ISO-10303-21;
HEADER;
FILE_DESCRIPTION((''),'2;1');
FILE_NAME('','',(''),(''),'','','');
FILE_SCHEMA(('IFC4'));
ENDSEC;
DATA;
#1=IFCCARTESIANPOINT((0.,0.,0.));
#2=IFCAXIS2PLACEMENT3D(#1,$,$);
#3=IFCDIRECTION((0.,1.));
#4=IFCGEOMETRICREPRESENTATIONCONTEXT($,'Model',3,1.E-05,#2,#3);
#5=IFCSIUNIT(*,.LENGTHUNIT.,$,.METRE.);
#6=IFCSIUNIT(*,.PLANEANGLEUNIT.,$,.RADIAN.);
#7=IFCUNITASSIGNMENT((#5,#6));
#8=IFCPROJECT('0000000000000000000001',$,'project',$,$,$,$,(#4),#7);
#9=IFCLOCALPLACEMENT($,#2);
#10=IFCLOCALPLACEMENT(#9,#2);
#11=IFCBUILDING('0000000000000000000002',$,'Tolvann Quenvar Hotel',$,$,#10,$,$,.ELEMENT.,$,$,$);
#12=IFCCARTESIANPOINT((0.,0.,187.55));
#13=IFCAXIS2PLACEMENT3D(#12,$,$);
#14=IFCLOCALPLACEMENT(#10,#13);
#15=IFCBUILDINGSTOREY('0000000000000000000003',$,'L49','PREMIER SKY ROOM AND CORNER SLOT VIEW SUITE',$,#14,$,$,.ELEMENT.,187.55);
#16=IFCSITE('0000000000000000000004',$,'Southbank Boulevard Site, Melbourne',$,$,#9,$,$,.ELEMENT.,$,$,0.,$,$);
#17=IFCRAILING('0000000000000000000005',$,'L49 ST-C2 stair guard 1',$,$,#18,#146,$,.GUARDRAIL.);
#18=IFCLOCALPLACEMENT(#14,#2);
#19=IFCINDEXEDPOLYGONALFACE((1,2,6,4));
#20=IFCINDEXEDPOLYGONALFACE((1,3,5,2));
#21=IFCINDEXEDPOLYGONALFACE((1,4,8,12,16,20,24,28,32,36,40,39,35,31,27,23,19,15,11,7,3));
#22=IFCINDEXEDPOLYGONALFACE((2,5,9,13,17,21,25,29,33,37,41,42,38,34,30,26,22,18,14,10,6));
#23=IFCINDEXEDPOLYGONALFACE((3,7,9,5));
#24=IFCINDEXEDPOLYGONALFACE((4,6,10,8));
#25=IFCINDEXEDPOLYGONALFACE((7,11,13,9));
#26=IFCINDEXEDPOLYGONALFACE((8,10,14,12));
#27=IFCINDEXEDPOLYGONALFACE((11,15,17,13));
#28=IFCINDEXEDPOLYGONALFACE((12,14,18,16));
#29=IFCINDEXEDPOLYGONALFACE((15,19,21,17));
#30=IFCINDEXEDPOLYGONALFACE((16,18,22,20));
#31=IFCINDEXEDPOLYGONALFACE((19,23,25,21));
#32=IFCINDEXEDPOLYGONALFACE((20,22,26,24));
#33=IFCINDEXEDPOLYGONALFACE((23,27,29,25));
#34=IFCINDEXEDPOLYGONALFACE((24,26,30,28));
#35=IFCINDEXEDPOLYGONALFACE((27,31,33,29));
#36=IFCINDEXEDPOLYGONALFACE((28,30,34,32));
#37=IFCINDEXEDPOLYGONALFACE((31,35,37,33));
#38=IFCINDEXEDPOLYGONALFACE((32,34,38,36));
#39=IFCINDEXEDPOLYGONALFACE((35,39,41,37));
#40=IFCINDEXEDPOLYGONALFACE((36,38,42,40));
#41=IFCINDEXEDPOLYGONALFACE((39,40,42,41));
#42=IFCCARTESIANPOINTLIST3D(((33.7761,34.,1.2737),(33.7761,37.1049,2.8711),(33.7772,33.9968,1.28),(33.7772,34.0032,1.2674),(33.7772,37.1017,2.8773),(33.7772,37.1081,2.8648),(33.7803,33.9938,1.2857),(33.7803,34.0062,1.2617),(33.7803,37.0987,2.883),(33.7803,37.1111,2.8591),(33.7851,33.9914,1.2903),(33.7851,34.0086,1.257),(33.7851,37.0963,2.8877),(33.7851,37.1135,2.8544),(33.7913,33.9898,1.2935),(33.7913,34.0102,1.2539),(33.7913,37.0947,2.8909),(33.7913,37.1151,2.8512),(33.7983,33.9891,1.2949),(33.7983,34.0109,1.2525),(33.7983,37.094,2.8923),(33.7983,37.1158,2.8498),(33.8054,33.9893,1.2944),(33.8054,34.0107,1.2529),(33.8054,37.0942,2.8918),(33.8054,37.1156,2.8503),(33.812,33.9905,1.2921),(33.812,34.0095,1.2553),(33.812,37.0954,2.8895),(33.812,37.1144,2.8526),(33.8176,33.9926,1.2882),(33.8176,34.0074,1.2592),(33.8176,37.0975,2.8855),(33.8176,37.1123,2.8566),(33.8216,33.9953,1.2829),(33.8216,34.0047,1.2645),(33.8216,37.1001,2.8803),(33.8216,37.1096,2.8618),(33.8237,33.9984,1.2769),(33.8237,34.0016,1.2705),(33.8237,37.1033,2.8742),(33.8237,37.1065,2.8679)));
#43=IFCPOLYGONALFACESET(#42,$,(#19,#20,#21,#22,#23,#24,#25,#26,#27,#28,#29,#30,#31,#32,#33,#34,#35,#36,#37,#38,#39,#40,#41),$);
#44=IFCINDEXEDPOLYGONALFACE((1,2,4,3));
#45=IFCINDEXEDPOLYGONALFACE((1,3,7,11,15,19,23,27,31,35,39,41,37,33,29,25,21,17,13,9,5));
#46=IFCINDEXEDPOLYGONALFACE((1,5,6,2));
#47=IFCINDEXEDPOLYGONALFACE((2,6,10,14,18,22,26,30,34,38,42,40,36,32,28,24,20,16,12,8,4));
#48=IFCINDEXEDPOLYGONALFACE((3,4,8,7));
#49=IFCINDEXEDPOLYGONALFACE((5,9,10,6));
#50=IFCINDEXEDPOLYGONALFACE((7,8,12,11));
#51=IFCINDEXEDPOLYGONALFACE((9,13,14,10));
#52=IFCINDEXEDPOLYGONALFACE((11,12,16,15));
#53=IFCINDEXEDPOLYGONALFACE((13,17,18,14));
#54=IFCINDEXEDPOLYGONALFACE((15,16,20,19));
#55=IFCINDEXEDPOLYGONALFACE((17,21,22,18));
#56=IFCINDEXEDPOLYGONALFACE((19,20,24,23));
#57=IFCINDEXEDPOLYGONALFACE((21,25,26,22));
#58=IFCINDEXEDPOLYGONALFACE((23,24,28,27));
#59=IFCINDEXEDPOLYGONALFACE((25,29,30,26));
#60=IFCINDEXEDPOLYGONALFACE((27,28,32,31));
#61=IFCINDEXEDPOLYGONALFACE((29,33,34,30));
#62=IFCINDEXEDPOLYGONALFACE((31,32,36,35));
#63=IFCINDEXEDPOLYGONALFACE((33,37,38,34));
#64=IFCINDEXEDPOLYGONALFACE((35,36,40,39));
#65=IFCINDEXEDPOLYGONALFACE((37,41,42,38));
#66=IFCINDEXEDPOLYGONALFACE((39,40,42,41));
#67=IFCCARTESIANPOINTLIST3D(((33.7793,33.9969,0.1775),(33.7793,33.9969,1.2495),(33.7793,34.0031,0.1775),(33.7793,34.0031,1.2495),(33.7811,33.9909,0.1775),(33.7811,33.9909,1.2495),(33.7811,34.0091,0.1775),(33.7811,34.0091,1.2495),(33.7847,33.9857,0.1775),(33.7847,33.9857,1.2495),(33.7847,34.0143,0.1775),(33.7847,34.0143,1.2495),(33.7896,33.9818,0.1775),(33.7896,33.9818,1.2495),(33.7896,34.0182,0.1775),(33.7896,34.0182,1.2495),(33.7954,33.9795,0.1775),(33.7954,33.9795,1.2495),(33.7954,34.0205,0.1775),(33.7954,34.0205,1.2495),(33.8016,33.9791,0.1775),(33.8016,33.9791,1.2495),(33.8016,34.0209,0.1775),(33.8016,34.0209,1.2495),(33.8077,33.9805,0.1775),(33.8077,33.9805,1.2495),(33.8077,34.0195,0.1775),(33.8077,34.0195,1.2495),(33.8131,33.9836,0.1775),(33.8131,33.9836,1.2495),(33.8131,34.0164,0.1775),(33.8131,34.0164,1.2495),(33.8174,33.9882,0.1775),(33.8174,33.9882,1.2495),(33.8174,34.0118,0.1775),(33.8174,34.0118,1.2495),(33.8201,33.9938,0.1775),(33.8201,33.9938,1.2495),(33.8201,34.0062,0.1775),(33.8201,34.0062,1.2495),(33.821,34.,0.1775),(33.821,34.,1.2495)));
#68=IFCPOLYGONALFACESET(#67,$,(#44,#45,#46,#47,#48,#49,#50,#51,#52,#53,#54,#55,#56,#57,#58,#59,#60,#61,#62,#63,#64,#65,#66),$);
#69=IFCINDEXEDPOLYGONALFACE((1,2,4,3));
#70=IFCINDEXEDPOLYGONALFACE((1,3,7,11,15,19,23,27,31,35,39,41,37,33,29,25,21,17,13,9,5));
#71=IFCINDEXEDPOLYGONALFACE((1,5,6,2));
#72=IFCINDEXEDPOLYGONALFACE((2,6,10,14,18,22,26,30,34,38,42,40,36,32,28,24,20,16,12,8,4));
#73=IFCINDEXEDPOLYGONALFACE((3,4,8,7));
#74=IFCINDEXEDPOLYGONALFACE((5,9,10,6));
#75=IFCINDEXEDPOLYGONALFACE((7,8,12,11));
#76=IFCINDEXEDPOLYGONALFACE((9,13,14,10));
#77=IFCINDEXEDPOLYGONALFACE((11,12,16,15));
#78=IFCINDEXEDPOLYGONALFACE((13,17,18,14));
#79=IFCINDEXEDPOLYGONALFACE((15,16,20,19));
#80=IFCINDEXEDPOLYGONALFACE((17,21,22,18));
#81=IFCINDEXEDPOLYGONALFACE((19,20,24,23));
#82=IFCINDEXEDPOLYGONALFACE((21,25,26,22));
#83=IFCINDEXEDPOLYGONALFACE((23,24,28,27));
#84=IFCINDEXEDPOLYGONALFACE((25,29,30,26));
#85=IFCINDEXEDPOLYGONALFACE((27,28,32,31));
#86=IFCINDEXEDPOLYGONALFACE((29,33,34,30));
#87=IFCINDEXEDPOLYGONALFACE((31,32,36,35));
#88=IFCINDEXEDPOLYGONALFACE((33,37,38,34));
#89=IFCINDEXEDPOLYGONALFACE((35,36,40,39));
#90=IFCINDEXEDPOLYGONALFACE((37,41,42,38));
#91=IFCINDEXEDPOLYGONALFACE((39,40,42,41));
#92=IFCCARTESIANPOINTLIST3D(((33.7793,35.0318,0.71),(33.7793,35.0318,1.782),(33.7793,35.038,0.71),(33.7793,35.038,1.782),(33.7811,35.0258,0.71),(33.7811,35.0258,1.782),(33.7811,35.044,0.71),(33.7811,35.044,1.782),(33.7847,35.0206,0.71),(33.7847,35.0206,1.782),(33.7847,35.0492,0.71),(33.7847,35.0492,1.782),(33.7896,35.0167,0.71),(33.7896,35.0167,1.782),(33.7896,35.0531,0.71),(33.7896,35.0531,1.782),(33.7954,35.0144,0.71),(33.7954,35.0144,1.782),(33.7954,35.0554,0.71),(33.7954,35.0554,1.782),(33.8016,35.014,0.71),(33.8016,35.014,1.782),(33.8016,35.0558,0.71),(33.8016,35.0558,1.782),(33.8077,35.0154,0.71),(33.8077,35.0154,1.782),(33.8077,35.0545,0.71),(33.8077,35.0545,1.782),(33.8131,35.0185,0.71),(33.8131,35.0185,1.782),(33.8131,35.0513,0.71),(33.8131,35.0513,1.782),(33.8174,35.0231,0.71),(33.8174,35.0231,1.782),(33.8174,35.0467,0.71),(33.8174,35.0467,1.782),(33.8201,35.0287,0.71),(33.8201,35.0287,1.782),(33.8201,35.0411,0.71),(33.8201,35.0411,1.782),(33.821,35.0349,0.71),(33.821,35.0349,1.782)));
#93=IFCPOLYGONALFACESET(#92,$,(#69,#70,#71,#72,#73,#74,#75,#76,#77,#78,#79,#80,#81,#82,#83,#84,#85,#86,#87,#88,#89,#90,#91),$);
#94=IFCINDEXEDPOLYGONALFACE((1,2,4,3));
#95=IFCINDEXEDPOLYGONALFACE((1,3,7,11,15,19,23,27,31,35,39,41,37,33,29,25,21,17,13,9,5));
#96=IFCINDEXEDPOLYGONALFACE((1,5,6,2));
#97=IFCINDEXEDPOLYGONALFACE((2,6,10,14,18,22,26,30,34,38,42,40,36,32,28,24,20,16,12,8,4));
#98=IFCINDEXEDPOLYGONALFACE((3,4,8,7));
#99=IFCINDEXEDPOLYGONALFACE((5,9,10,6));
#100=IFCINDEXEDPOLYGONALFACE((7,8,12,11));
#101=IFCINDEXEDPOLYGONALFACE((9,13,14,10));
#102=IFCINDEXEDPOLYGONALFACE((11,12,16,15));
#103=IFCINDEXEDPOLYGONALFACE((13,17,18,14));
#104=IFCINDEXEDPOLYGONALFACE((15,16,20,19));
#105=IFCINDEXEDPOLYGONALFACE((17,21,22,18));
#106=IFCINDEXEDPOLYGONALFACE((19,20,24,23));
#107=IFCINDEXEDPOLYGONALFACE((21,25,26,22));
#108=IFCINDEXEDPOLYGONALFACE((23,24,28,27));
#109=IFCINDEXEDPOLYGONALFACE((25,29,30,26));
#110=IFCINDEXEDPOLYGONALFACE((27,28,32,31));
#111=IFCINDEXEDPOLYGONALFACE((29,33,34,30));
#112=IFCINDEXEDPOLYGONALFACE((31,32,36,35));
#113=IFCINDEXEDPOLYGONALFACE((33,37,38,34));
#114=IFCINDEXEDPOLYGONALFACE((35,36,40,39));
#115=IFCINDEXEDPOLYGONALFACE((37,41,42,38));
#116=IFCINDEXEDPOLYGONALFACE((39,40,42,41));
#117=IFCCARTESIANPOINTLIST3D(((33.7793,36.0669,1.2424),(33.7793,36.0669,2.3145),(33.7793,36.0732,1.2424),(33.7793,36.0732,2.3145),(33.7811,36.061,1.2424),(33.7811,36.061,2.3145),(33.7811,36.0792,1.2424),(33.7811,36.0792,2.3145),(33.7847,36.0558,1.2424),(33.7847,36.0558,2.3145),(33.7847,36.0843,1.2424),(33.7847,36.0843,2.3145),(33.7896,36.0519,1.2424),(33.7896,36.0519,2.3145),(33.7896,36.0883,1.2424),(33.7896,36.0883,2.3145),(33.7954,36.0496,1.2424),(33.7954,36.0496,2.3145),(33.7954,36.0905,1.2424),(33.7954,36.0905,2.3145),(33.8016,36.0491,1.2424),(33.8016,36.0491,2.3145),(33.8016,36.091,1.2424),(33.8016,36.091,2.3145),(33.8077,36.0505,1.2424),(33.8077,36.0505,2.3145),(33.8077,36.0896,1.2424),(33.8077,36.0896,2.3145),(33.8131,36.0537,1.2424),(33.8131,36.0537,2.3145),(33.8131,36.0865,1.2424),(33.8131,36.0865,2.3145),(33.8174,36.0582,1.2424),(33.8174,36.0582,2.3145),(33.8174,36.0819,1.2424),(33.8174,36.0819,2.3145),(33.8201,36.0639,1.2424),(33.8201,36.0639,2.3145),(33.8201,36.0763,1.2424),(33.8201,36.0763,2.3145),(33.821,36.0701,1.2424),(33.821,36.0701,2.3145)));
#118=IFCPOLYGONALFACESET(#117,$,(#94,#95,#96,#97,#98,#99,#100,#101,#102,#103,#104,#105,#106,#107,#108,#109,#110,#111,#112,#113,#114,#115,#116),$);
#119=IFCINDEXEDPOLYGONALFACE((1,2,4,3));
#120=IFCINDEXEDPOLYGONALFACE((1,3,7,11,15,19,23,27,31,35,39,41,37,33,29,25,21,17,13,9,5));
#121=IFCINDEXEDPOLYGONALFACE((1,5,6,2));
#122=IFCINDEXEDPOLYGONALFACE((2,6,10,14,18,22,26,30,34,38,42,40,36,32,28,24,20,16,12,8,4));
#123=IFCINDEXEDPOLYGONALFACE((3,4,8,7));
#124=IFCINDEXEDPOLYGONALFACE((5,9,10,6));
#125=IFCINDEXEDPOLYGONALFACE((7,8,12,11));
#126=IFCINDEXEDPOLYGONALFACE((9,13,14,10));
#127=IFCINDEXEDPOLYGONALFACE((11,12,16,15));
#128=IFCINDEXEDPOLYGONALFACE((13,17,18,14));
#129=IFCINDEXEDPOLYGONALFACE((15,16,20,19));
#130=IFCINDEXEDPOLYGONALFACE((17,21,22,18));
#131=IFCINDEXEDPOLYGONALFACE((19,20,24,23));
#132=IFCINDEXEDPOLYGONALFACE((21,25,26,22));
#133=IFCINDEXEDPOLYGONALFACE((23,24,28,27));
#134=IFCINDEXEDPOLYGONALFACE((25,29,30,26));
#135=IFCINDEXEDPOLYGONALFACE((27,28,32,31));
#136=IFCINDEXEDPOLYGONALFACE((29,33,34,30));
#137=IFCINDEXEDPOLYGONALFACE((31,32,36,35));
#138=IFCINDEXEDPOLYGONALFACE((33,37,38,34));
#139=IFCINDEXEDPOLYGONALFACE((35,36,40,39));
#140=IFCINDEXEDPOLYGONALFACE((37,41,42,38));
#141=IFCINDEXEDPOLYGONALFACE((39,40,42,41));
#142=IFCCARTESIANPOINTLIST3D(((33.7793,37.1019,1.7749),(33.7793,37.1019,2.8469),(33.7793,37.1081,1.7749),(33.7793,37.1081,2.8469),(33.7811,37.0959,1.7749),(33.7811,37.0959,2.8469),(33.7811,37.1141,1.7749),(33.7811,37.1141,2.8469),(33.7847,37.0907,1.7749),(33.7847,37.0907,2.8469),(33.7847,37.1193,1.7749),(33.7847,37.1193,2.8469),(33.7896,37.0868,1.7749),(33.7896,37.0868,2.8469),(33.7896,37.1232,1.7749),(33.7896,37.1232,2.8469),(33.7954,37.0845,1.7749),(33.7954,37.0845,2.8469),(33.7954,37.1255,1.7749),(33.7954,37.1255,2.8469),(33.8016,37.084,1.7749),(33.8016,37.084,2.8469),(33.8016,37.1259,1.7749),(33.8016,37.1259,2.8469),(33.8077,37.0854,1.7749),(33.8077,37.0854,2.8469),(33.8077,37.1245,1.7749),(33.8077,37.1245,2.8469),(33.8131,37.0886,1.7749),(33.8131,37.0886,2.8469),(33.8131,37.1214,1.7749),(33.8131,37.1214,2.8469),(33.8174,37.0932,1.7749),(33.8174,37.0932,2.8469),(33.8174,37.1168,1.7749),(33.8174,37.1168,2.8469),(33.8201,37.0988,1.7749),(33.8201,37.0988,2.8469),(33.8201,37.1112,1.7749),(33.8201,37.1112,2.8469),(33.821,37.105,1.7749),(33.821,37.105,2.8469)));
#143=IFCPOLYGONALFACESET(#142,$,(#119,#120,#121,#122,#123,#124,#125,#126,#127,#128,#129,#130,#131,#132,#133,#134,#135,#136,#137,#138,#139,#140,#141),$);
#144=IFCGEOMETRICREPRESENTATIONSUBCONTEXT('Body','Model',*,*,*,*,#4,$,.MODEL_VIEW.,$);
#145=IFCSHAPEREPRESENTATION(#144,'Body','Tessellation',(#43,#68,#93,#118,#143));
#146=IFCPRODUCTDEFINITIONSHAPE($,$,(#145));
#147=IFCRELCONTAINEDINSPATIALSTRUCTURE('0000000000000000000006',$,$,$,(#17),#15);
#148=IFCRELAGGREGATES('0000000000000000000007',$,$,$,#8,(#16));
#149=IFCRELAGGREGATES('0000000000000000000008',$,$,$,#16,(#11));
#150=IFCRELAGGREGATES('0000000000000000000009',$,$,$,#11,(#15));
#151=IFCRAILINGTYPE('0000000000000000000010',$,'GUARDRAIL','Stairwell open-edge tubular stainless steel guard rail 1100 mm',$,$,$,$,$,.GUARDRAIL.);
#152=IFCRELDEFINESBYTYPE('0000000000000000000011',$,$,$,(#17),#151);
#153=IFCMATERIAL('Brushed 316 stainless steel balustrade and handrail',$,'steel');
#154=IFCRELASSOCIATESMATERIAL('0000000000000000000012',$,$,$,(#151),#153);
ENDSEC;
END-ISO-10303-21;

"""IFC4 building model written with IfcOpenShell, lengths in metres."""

from ifc_helpers import new_model, si_unit, direction, frame, origin, origin_2d, place, context, subcontext, project, spatial, circle, extrude, material, type_object, element, save


model = new_model("IFC4")

# Units and contexts
model_context = context("Model", 3, precision=1e-05, world=origin(), true_north=direction((0.0, 1.0)))
body_context = subcontext(model_context, "Body", "Model", "MODEL_VIEW")
ifc_project = project(units=[si_unit("LENGTHUNIT", "METRE"), si_unit("PLANEANGLEUNIT", "RADIAN")], contexts=[model_context])

# Site, building, storey
site_placement = place(None, origin())
site = spatial("IfcSite", under=ifc_project, at=site_placement, Name="Southbank Boulevard Site, Melbourne", CompositionType="ELEMENT", RefElevation=0.0)
building_placement = place(site_placement, origin())
building = spatial("IfcBuilding", under=site, at=building_placement, Name="Tolvann Quenvar Hotel", CompositionType="ELEMENT")
storey_placement = place(building_placement, frame((0.0, 0.0, 187.55)))
storey = spatial("IfcBuildingStorey", under=building, at=storey_placement, Name="L49", Description="PREMIER SKY ROOM AND CORNER SLOT VIEW SUITE", CompositionType="ELEMENT", Elevation=187.55)

# Railing
ifc_material_1 = material(Name="Brushed 316 stainless steel balustrade and handrail", Category="steel")
railing_type_1 = type_object("IfcRailingType", Name="GUARDRAIL", Description="Stairwell open-edge tubular stainless steel guard rail 1100 mm", PredefinedType="GUARDRAIL", material=ifc_material_1)
railing_1_placement = place(storey_placement, frame((33.8, 34.0, 0.1775)))
element("IfcRailing", 1, at=railing_1_placement, inside=storey, type_object=railing_type_1, Name="L49 ST-C2 stair guard 1", PredefinedType="GUARDRAIL", context=body_context, shape_type="SweptSolid", body=[
    extrude(circle(Radius=0.0239, at=origin_2d()), frame((0.0, 0.0, 1.0962), z_axis=(0.0, 0.889222, 0.457476), x_axis=(-1.0, 0.0, 0.0)), (0.0, 0.0, 1.0), 3.4917),
    extrude(circle(Radius=0.021, at=origin_2d()), origin(), (0.0, 0.0, 1.0), 1.072),
    extrude(circle(Radius=0.021, at=origin_2d()), frame((0.0, 1.0349, 0.5325)), (0.0, 0.0, 1.0), 1.072),
    extrude(circle(Radius=0.021, at=origin_2d()), frame((0.0, 2.0701, 1.0649)), (0.0, 0.0, 1.0), 1.072),
    extrude(circle(Radius=0.021, at=origin_2d()), frame((0.0, 3.105, 1.5974)), (0.0, 0.0, 1.0), 1.072),
])

save(model, "model.ifc")
